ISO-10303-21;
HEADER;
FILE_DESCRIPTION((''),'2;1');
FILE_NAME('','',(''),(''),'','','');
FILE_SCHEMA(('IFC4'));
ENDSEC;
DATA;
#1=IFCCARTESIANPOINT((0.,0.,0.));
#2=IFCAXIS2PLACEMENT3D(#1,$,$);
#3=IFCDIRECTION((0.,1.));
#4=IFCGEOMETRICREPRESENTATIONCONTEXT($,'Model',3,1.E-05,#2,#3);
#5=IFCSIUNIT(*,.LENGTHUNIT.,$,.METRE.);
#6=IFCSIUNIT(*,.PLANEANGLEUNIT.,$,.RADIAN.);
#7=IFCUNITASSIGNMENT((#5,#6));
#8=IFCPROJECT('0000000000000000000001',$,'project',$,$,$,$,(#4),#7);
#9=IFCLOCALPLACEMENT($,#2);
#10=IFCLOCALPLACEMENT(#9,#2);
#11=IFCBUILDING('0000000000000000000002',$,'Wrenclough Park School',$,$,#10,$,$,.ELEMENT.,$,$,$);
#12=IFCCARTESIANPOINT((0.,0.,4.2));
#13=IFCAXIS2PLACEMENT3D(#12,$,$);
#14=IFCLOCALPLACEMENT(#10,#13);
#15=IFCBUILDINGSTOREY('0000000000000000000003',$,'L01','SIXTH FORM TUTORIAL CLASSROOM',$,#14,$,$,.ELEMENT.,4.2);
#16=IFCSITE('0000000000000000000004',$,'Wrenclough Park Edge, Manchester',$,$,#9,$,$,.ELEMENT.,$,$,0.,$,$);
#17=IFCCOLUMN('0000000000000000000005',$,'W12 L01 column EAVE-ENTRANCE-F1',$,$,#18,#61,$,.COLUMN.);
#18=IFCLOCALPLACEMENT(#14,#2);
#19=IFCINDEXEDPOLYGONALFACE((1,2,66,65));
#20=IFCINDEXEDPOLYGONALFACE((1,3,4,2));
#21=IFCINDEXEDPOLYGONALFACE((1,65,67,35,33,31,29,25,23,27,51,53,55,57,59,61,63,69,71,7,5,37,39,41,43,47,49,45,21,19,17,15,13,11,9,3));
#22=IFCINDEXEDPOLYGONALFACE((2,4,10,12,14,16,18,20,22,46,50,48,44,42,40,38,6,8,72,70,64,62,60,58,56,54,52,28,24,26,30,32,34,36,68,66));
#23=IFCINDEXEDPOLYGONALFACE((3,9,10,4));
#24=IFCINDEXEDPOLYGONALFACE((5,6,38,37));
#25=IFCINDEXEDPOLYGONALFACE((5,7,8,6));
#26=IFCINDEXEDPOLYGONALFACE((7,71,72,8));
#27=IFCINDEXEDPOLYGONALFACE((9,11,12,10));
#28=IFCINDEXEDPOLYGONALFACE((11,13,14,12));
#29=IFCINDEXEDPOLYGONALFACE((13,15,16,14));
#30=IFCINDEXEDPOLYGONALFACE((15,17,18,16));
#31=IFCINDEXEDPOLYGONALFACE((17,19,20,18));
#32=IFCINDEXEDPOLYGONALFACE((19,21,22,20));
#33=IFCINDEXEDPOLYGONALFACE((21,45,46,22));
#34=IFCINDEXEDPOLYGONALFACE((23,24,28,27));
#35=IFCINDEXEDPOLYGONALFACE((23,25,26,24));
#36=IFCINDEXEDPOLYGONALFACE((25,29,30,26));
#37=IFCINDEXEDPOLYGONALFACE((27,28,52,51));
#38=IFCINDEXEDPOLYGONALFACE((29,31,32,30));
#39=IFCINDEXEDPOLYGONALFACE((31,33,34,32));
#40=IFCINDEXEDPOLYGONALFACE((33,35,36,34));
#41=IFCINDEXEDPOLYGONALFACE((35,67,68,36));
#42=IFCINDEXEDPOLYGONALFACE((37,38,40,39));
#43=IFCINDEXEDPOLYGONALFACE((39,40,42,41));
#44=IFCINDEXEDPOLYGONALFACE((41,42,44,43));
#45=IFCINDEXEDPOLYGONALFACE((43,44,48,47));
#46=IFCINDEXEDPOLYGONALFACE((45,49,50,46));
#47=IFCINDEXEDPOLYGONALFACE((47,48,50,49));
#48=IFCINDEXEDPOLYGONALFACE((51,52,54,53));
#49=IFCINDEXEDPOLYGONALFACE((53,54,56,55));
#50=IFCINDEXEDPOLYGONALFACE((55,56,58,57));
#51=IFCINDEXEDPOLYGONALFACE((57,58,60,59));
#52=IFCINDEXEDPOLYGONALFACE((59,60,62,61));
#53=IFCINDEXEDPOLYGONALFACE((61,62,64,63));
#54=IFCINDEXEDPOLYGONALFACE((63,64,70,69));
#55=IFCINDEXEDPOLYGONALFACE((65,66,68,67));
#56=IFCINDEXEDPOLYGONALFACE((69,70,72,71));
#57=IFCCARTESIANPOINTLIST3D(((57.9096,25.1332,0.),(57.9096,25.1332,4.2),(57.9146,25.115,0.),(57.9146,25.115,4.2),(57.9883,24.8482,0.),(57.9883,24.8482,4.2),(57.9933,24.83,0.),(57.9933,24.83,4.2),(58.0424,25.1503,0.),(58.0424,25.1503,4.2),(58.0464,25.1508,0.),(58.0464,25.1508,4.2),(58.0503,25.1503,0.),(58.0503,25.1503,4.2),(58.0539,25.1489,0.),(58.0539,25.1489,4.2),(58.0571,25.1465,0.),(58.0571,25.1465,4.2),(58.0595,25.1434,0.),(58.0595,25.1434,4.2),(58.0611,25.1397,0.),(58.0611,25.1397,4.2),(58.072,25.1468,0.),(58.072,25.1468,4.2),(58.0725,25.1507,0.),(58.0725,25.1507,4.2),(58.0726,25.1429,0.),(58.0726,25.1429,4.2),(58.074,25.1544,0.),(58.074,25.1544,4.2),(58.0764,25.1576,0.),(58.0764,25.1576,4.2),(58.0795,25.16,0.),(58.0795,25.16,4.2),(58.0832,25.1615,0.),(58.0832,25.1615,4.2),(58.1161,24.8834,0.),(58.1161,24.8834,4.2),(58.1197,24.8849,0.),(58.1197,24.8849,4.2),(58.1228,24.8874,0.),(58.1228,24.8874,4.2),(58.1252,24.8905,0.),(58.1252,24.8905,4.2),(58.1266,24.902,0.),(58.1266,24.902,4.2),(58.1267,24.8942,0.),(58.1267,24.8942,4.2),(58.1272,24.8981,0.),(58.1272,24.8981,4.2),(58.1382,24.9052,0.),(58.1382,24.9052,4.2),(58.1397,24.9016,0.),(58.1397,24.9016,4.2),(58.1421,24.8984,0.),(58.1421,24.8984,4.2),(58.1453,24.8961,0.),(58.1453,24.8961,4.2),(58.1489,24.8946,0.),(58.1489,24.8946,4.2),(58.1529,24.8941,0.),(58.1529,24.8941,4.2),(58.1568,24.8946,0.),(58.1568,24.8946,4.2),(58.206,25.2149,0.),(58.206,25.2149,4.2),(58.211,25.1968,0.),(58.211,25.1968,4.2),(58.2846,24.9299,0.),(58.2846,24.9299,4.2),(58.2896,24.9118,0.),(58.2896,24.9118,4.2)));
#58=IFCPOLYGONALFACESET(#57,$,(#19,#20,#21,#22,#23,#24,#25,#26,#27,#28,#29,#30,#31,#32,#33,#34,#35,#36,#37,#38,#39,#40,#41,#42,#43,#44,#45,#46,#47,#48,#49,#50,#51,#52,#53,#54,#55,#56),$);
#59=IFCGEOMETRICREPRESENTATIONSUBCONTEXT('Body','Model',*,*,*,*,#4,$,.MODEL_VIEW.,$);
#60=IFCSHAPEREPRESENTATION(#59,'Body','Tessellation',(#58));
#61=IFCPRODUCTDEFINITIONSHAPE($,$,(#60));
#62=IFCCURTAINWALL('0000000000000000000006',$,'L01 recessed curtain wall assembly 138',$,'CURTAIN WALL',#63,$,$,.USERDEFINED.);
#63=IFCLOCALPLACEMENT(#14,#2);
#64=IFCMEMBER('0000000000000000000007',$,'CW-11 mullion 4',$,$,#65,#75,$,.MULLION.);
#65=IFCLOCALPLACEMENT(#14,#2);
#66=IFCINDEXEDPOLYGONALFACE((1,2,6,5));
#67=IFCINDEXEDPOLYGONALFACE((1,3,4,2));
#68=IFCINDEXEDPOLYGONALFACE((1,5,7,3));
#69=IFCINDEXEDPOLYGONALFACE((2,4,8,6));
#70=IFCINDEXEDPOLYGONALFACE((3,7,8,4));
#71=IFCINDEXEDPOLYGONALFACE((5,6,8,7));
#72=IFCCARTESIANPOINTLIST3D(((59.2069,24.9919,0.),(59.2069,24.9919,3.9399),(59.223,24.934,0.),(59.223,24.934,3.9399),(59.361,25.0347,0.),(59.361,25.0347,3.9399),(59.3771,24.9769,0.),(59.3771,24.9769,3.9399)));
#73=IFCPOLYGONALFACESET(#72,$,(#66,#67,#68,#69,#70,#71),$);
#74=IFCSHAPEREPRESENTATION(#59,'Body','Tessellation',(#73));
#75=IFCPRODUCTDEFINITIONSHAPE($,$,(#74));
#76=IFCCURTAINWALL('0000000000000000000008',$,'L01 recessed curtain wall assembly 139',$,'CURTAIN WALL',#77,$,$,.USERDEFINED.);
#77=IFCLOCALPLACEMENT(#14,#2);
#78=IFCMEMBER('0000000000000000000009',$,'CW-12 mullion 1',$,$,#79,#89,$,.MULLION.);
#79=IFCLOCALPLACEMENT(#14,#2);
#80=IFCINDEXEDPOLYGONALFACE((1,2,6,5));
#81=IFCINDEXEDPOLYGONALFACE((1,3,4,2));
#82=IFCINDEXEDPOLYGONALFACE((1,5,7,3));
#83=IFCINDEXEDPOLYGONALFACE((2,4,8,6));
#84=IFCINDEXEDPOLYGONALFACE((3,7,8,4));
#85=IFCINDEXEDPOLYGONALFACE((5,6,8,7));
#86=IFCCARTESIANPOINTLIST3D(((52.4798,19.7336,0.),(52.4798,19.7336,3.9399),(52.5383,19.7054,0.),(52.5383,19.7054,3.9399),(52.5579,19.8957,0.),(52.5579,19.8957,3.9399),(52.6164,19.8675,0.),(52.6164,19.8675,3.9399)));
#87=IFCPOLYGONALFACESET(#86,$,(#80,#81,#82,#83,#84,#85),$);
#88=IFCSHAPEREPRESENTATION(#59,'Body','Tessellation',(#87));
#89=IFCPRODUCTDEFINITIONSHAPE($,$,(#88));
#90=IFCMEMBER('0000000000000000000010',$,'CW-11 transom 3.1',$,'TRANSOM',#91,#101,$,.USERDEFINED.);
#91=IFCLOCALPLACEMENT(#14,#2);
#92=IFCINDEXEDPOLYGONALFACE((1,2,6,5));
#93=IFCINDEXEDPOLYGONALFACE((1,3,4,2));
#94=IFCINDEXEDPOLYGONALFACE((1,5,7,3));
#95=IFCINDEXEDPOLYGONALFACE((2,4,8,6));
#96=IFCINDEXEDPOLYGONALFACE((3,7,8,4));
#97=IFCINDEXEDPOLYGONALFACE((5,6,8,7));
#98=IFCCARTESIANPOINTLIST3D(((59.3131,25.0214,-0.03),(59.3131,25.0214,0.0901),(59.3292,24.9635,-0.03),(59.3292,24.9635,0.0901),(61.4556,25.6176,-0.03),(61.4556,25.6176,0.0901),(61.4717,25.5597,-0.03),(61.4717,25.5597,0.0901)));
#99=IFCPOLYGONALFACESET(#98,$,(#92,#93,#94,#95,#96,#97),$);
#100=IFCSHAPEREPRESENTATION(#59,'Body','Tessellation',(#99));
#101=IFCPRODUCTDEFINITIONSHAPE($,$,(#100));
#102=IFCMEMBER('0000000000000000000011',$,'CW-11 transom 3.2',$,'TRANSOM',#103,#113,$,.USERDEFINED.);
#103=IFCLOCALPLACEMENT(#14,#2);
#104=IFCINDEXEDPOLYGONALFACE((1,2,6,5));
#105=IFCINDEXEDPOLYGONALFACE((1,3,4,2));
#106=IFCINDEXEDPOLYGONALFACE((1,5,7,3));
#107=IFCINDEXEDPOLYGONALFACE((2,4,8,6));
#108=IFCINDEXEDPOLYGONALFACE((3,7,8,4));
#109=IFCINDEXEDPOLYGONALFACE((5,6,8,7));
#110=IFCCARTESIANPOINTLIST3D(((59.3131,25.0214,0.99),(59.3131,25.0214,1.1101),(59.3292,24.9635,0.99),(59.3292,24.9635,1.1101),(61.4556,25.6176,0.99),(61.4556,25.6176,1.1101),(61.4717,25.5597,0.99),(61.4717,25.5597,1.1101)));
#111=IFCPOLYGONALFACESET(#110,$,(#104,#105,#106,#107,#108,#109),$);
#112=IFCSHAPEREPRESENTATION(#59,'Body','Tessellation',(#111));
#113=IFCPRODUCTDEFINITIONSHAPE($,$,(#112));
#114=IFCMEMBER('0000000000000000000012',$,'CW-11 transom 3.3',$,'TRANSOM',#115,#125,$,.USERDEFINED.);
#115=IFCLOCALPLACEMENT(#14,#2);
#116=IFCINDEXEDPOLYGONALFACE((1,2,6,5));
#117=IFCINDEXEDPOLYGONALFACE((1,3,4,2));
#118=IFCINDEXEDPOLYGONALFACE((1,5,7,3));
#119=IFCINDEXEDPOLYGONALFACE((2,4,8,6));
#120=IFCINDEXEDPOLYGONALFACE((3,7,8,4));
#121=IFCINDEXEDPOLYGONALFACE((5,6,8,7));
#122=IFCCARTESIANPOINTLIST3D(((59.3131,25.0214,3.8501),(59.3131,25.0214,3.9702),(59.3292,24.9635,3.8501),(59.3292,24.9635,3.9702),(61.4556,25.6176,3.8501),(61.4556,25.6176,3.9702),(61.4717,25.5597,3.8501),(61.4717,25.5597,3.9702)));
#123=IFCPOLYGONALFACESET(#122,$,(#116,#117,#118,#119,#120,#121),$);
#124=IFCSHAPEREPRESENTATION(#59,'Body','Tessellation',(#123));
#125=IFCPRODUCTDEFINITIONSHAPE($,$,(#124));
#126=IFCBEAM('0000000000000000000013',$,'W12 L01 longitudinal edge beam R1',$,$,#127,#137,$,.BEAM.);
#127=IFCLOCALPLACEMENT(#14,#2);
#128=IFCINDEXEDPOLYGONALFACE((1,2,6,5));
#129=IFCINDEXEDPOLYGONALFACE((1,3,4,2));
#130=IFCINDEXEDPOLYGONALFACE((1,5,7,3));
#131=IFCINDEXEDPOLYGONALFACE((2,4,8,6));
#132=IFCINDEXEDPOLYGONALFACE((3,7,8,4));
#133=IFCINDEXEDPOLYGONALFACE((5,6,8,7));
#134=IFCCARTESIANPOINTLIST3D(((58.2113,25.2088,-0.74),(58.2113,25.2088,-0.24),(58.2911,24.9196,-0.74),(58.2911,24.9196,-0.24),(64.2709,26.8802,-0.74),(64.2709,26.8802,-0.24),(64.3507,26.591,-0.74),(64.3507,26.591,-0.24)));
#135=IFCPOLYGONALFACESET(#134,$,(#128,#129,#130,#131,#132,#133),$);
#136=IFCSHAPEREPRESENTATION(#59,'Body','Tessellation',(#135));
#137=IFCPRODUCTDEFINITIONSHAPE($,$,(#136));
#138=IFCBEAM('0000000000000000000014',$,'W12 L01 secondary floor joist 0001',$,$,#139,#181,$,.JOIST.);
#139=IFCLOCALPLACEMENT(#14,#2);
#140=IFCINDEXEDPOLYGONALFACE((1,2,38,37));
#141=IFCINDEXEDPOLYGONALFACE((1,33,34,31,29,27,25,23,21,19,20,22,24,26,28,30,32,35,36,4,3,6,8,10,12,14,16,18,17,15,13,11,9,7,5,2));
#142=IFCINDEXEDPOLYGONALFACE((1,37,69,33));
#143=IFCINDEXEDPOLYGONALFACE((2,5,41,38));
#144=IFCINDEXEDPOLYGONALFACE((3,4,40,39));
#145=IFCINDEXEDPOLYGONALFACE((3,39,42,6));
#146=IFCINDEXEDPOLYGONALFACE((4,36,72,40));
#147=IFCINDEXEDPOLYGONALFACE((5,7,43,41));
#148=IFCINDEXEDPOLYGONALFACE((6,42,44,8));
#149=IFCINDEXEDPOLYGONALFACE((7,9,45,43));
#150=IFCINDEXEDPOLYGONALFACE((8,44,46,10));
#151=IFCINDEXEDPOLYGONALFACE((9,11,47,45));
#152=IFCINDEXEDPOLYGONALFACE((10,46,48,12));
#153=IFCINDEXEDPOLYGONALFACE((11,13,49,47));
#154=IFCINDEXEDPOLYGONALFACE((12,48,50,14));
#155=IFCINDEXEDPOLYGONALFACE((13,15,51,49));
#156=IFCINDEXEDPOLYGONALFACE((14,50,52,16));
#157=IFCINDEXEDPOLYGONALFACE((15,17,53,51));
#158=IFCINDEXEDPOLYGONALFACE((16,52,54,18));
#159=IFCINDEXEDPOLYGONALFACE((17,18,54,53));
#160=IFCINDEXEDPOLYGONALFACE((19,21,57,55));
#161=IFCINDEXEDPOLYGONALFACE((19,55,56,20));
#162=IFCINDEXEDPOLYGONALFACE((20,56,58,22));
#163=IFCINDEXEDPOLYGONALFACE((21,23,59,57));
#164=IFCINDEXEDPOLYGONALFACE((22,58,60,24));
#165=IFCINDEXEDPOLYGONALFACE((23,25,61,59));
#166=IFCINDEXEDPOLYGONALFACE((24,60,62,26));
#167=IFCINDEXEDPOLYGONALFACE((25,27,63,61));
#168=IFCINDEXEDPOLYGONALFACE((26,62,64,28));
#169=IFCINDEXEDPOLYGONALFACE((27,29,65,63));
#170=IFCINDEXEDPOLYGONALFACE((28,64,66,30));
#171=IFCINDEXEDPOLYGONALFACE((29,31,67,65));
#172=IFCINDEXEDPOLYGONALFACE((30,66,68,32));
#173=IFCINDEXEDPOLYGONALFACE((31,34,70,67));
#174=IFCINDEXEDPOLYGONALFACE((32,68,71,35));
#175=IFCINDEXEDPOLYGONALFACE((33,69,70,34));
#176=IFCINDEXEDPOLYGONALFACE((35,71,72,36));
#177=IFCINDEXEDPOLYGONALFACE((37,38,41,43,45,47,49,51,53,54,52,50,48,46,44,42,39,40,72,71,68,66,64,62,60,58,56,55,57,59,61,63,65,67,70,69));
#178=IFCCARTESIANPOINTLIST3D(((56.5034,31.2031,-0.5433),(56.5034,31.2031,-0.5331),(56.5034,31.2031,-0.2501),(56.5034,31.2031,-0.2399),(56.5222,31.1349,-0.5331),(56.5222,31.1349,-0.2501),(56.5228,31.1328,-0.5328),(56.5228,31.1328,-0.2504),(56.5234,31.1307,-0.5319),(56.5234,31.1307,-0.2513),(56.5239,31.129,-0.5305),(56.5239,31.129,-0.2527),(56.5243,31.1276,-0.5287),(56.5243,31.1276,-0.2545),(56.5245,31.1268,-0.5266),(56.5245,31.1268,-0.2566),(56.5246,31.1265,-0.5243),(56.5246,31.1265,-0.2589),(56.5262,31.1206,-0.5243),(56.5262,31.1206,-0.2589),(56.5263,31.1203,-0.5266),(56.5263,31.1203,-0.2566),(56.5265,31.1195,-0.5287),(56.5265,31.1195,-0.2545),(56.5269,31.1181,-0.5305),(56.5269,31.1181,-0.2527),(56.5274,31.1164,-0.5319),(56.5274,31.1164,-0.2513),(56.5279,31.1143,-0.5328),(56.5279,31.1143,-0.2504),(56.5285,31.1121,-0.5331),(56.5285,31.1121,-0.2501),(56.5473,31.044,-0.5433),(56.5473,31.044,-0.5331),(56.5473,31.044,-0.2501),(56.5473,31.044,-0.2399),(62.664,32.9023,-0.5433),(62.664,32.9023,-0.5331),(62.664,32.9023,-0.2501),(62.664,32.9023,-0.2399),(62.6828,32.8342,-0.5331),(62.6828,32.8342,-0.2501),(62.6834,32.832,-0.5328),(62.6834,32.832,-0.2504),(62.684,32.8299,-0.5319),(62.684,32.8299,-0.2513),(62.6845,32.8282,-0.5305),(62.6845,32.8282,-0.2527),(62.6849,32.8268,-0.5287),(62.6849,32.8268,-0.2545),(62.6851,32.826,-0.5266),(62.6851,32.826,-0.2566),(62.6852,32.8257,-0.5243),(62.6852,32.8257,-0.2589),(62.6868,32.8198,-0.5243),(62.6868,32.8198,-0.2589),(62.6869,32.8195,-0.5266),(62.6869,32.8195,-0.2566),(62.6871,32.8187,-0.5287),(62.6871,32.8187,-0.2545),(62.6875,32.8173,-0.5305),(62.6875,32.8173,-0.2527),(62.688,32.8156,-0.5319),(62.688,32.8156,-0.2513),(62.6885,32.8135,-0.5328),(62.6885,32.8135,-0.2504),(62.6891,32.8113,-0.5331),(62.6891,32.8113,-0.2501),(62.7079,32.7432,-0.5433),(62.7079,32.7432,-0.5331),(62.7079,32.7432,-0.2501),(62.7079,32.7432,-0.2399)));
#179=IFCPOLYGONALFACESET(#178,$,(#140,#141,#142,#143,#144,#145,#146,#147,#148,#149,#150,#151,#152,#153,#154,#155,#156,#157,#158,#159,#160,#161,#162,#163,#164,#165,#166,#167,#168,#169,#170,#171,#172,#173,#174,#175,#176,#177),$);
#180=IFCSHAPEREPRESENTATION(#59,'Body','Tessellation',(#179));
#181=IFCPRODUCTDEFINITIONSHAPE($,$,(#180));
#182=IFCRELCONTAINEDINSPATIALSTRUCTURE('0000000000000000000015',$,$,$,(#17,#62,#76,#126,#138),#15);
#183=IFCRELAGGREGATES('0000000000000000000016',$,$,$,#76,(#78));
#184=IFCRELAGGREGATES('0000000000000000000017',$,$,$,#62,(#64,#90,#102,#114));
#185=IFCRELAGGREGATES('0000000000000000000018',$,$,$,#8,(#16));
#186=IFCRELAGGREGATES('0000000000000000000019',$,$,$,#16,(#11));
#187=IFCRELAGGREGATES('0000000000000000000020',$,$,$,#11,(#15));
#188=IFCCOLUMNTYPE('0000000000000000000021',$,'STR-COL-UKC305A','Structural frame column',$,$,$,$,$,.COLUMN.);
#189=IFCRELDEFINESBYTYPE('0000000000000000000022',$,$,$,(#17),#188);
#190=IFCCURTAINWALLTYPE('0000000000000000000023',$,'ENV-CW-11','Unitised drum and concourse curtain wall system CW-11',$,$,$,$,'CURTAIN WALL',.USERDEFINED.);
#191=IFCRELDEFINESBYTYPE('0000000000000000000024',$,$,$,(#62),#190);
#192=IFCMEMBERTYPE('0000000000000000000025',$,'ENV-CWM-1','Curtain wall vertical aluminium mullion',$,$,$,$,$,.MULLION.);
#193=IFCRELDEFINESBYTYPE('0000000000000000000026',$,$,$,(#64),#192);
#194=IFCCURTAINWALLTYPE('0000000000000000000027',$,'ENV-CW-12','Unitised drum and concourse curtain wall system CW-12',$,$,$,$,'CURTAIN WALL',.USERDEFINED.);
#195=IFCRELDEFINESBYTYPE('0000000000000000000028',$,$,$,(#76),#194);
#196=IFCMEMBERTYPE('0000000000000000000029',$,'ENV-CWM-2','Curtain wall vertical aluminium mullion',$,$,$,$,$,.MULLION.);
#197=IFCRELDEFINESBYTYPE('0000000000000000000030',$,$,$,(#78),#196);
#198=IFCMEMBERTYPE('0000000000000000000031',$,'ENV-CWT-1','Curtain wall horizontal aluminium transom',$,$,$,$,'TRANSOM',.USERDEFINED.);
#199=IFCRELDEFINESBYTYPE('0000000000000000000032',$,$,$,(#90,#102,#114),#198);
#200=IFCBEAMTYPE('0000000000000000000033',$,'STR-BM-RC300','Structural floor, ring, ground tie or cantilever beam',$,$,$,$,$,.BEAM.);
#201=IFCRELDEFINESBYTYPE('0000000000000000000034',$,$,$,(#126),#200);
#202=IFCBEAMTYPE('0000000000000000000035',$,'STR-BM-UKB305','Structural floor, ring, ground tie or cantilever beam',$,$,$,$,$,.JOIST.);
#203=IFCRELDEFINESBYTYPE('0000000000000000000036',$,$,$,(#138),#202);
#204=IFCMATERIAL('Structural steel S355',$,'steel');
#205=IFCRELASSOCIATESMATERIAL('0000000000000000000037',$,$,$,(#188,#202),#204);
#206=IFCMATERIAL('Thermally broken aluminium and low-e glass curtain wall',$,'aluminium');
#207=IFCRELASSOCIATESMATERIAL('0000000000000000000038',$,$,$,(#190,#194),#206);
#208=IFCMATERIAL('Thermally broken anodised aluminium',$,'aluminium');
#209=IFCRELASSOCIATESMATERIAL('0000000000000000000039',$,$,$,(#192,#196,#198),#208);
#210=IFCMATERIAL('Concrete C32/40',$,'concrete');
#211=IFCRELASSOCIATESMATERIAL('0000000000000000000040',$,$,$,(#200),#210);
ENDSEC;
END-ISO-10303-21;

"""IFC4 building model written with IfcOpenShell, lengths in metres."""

from ifc_helpers import new_model, si_unit, direction, frame, origin, origin_2d, place, context, subcontext, project, spatial, rectangle, i_section, extrude, material, material_profile, profile_set, type_object, element, aggregate, save


model = new_model("IFC4")

# Units and contexts
model_context = context("Model", 3, precision=1e-05, world=origin(), true_north=direction((0.0, 1.0)))
body_context = subcontext(model_context, "Body", "Model", "MODEL_VIEW")
ifc_project = project(units=[si_unit("LENGTHUNIT", "METRE"), si_unit("PLANEANGLEUNIT", "RADIAN")], contexts=[model_context])

# Site, building, storey
site_placement = place(None, origin())
site = spatial("IfcSite", under=ifc_project, at=site_placement, Name="Wrenclough Park Edge, Manchester", CompositionType="ELEMENT", RefElevation=0.0)
building_placement = place(site_placement, origin())
building = spatial("IfcBuilding", under=site, at=building_placement, Name="Wrenclough Park School", CompositionType="ELEMENT")
storey_placement = place(building_placement, frame((0.0, 0.0, 4.2)))
storey = spatial("IfcBuildingStorey", under=building, at=storey_placement, Name="L01", Description="SIXTH FORM TUTORIAL CLASSROOM", CompositionType="ELEMENT", Elevation=4.2)

# Column
ifc_material_1 = material(Name="Structural steel S355", Category="steel")
ifc_material_profile_1 = material_profile(ifc_material_1, i_section(OverallWidth=0.3074, OverallDepth=0.3145, WebThickness=0.012, FlangeThickness=0.0188, FilletRadius=0.0151, at=origin_2d()), Name="UKC 305x305x118")
ifc_profile_set_1 = profile_set([ifc_material_profile_1], Name="Structural steel S355")
column_type_1 = type_object("IfcColumnType", Name="STR-COL-UKC305A", Description="Structural frame column", PredefinedType="COLUMN", material=ifc_profile_set_1)
column_1_placement = place(storey_placement, frame((58.0996, 25.0225, 0.0), z_axis=(0.0, 0.0, 1.0), x_axis=(0.964003, 0.265893, 0.0)))
element("IfcColumn", 1, at=column_1_placement, inside=storey, type_object=column_type_1, Name="W12 L01 column EAVE-ENTRANCE-F1", PredefinedType="COLUMN", context=body_context, shape_type="SweptSolid", body=[
    extrude(i_section(OverallWidth=0.3074, OverallDepth=0.3145, WebThickness=0.012, FlangeThickness=0.0188, FilletRadius=0.0151, at=origin_2d()), origin(), (0.0, 0.0, 1.0), 4.2),
])

# Curtain walls, members
ifc_material_2 = material(Name="Thermally broken aluminium and low-e glass curtain wall", Category="aluminium")
curtain_wall_type_1 = type_object("IfcCurtainWallType", Name="ENV-CW-11", Description="Unitised drum and concourse curtain wall system CW-11", ElementType="CURTAIN WALL", PredefinedType="USERDEFINED", material=ifc_material_2)
curtain_wall_1_placement = place(storey_placement, origin())
curtain_wall_1 = element("IfcCurtainWall", 2, at=curtain_wall_1_placement, inside=storey, type_object=curtain_wall_type_1, Name="L01 recessed curtain wall assembly 138", ObjectType="CURTAIN WALL", PredefinedType="USERDEFINED")
ifc_material_3 = material(Name="Thermally broken anodised aluminium", Category="aluminium")
ifc_material_profile_2 = material_profile(ifc_material_3, rectangle(XDim=0.0601, YDim=0.1599, at=origin_2d()), Name="AL MULLION 60x160")
ifc_profile_set_2 = profile_set([ifc_material_profile_2], Name="Thermally broken anodised aluminium")
member_type_1 = type_object("IfcMemberType", Name="ENV-CWM-1", Description="Curtain wall vertical aluminium mullion", PredefinedType="MULLION", material=ifc_profile_set_2)
member_1_placement = place(storey_placement, frame((59.292, 24.9844, 0.0), z_axis=(0.0, 0.0, 1.0), x_axis=(0.268069, -0.9634, 0.0)))
member_1 = element("IfcMember", 3, at=member_1_placement, type_object=member_type_1, Name="CW-11 mullion 4", PredefinedType="MULLION", context=body_context, shape_type="SweptSolid", body=[
    extrude(rectangle(XDim=0.0601, YDim=0.1599, at=origin_2d()), origin(), (0.0, 0.0, 1.0), 3.9399),
])
curtain_wall_type_2 = type_object("IfcCurtainWallType", Name="ENV-CW-12", Description="Unitised drum and concourse curtain wall system CW-12", ElementType="CURTAIN WALL", PredefinedType="USERDEFINED", material=ifc_material_2)
curtain_wall_2_placement = place(storey_placement, origin())
curtain_wall_2 = element("IfcCurtainWall", 4, at=curtain_wall_2_placement, inside=storey, type_object=curtain_wall_type_2, Name="L01 recessed curtain wall assembly 139", ObjectType="CURTAIN WALL", PredefinedType="USERDEFINED")
ifc_material_profile_3 = material_profile(ifc_material_3, rectangle(XDim=0.0649, YDim=0.1799, at=origin_2d()), Name="AL MULLION 65x180")
ifc_profile_set_3 = profile_set([ifc_material_profile_3], Name="Thermally broken anodised aluminium")
member_type_2 = type_object("IfcMemberType", Name="ENV-CWM-2", Description="Curtain wall vertical aluminium mullion", PredefinedType="MULLION", material=ifc_profile_set_3)
member_2_placement = place(storey_placement, frame((52.5481, 19.8005, 0.0), z_axis=(0.0, 0.0, 1.0), x_axis=(0.900964, -0.433895, 0.0)))
member_2 = element("IfcMember", 5, at=member_2_placement, type_object=member_type_2, Name="CW-12 mullion 1", PredefinedType="MULLION", context=body_context, shape_type="SweptSolid", body=[
    extrude(rectangle(XDim=0.0649, YDim=0.1799, at=origin_2d()), origin(), (0.0, 0.0, 1.0), 3.9399),
])
aggregate(curtain_wall_2, [member_2])

# Members
ifc_material_profile_4 = material_profile(ifc_material_3, rectangle(XDim=0.0601, YDim=0.1201, at=origin_2d()), Name="AL TRANSOM 60x120")
ifc_profile_set_4 = profile_set([ifc_material_profile_4], Name="Thermally broken anodised aluminium")
member_type_3 = type_object("IfcMemberType", Name="ENV-CWT-1", Description="Curtain wall horizontal aluminium transom", ElementType="TRANSOM", PredefinedType="USERDEFINED", material=ifc_profile_set_4)
member_3_placement = place(storey_placement, frame((61.4636, 25.5886, 0.03), z_axis=(-0.963398, -0.268074, 0.0), x_axis=(0.268074, -0.963398, 0.0)))
member_3 = element("IfcMember", 6, at=member_3_placement, type_object=member_type_3, Name="CW-11 transom 3.1", ObjectType="TRANSOM", PredefinedType="USERDEFINED", context=body_context, shape_type="SweptSolid", body=[
    extrude(rectangle(XDim=0.0601, YDim=0.1201, at=origin_2d()), origin(), (0.0, 0.0, 1.0), 2.2239),
])
member_4_placement = place(storey_placement, frame((61.4636, 25.5886, 1.05), z_axis=(-0.963398, -0.268074, 0.0), x_axis=(0.268074, -0.963398, 0.0)))
member_4 = element("IfcMember", 7, at=member_4_placement, type_object=member_type_3, Name="CW-11 transom 3.2", ObjectType="TRANSOM", PredefinedType="USERDEFINED", context=body_context, shape_type="SweptSolid", body=[
    extrude(rectangle(XDim=0.0601, YDim=0.1201, at=origin_2d()), origin(), (0.0, 0.0, 1.0), 2.2239),
])
member_5_placement = place(storey_placement, frame((61.4636, 25.5886, 3.9102), z_axis=(-0.963398, -0.268074, 0.0), x_axis=(0.268074, -0.963398, 0.0)))
member_5 = element("IfcMember", 8, at=member_5_placement, type_object=member_type_3, Name="CW-11 transom 3.3", ObjectType="TRANSOM", PredefinedType="USERDEFINED", context=body_context, shape_type="SweptSolid", body=[
    extrude(rectangle(XDim=0.0601, YDim=0.1201, at=origin_2d()), origin(), (0.0, 0.0, 1.0), 2.2239),
])

# Beams
ifc_material_4 = material(Name="Concrete C32/40", Category="concrete")
ifc_material_profile_5 = material_profile(ifc_material_4, rectangle(XDim=0.3, YDim=0.5, at=origin_2d()), Name="RC BEAM 300x500")
ifc_profile_set_5 = profile_set([ifc_material_profile_5], Name="Concrete C32/40")
beam_type_1 = type_object("IfcBeamType", Name="STR-BM-RC300", Description="Structural floor, ring, ground tie or cantilever beam", PredefinedType="BEAM", material=ifc_profile_set_5)
beam_1_placement = place(storey_placement, frame((58.2512, 25.0642, -0.49), z_axis=(0.964002, 0.265897, 0.0), x_axis=(-0.265897, 0.964002, 0.0)))
element("IfcBeam", 9, at=beam_1_placement, inside=storey, type_object=beam_type_1, Name="W12 L01 longitudinal edge beam R1", PredefinedType="BEAM", context=body_context, shape_type="SweptSolid", body=[
    extrude(rectangle(XDim=0.3, YDim=0.5, at=origin_2d()), origin(), (0.0, 0.0, 1.0), 6.2859),
])
ifc_material_profile_6 = material_profile(ifc_material_1, i_section(OverallWidth=0.165, OverallDepth=0.3035, WebThickness=0.0061, FlangeThickness=0.0103, FilletRadius=0.0088, at=origin_2d()), Name="UKB 305x165x40")
ifc_profile_set_6 = profile_set([ifc_material_profile_6], Name="Structural steel S355")
beam_type_2 = type_object("IfcBeamType", Name="STR-BM-UKB305", Description="Structural floor, ring, ground tie or cantilever beam", PredefinedType="JOIST", material=ifc_profile_set_6)
for number, where, z_axis, x_axis, name in (
    (10, (56.5254, 31.1235, -0.3916), (0.964003, 0.26589, 0.0), (-0.26589, 0.964003, 0.0), "W12 L01 secondary floor joist 0001"),
):
    element("IfcBeam", number, at=place(storey_placement, frame(where, z_axis=z_axis, x_axis=x_axis)), inside=storey, type_object=beam_type_2, Name=name, PredefinedType="JOIST", context=body_context, shape_type="SweptSolid", body=[
        extrude(i_section(OverallWidth=0.165, OverallDepth=0.3035, WebThickness=0.0061, FlangeThickness=0.0103, FilletRadius=0.0088, at=origin_2d()), origin(), (0.0, 0.0, 1.0), 6.3906),
    ])

aggregate(curtain_wall_1, [member_1, member_3, member_4, member_5])

save(model, "model.ifc")
